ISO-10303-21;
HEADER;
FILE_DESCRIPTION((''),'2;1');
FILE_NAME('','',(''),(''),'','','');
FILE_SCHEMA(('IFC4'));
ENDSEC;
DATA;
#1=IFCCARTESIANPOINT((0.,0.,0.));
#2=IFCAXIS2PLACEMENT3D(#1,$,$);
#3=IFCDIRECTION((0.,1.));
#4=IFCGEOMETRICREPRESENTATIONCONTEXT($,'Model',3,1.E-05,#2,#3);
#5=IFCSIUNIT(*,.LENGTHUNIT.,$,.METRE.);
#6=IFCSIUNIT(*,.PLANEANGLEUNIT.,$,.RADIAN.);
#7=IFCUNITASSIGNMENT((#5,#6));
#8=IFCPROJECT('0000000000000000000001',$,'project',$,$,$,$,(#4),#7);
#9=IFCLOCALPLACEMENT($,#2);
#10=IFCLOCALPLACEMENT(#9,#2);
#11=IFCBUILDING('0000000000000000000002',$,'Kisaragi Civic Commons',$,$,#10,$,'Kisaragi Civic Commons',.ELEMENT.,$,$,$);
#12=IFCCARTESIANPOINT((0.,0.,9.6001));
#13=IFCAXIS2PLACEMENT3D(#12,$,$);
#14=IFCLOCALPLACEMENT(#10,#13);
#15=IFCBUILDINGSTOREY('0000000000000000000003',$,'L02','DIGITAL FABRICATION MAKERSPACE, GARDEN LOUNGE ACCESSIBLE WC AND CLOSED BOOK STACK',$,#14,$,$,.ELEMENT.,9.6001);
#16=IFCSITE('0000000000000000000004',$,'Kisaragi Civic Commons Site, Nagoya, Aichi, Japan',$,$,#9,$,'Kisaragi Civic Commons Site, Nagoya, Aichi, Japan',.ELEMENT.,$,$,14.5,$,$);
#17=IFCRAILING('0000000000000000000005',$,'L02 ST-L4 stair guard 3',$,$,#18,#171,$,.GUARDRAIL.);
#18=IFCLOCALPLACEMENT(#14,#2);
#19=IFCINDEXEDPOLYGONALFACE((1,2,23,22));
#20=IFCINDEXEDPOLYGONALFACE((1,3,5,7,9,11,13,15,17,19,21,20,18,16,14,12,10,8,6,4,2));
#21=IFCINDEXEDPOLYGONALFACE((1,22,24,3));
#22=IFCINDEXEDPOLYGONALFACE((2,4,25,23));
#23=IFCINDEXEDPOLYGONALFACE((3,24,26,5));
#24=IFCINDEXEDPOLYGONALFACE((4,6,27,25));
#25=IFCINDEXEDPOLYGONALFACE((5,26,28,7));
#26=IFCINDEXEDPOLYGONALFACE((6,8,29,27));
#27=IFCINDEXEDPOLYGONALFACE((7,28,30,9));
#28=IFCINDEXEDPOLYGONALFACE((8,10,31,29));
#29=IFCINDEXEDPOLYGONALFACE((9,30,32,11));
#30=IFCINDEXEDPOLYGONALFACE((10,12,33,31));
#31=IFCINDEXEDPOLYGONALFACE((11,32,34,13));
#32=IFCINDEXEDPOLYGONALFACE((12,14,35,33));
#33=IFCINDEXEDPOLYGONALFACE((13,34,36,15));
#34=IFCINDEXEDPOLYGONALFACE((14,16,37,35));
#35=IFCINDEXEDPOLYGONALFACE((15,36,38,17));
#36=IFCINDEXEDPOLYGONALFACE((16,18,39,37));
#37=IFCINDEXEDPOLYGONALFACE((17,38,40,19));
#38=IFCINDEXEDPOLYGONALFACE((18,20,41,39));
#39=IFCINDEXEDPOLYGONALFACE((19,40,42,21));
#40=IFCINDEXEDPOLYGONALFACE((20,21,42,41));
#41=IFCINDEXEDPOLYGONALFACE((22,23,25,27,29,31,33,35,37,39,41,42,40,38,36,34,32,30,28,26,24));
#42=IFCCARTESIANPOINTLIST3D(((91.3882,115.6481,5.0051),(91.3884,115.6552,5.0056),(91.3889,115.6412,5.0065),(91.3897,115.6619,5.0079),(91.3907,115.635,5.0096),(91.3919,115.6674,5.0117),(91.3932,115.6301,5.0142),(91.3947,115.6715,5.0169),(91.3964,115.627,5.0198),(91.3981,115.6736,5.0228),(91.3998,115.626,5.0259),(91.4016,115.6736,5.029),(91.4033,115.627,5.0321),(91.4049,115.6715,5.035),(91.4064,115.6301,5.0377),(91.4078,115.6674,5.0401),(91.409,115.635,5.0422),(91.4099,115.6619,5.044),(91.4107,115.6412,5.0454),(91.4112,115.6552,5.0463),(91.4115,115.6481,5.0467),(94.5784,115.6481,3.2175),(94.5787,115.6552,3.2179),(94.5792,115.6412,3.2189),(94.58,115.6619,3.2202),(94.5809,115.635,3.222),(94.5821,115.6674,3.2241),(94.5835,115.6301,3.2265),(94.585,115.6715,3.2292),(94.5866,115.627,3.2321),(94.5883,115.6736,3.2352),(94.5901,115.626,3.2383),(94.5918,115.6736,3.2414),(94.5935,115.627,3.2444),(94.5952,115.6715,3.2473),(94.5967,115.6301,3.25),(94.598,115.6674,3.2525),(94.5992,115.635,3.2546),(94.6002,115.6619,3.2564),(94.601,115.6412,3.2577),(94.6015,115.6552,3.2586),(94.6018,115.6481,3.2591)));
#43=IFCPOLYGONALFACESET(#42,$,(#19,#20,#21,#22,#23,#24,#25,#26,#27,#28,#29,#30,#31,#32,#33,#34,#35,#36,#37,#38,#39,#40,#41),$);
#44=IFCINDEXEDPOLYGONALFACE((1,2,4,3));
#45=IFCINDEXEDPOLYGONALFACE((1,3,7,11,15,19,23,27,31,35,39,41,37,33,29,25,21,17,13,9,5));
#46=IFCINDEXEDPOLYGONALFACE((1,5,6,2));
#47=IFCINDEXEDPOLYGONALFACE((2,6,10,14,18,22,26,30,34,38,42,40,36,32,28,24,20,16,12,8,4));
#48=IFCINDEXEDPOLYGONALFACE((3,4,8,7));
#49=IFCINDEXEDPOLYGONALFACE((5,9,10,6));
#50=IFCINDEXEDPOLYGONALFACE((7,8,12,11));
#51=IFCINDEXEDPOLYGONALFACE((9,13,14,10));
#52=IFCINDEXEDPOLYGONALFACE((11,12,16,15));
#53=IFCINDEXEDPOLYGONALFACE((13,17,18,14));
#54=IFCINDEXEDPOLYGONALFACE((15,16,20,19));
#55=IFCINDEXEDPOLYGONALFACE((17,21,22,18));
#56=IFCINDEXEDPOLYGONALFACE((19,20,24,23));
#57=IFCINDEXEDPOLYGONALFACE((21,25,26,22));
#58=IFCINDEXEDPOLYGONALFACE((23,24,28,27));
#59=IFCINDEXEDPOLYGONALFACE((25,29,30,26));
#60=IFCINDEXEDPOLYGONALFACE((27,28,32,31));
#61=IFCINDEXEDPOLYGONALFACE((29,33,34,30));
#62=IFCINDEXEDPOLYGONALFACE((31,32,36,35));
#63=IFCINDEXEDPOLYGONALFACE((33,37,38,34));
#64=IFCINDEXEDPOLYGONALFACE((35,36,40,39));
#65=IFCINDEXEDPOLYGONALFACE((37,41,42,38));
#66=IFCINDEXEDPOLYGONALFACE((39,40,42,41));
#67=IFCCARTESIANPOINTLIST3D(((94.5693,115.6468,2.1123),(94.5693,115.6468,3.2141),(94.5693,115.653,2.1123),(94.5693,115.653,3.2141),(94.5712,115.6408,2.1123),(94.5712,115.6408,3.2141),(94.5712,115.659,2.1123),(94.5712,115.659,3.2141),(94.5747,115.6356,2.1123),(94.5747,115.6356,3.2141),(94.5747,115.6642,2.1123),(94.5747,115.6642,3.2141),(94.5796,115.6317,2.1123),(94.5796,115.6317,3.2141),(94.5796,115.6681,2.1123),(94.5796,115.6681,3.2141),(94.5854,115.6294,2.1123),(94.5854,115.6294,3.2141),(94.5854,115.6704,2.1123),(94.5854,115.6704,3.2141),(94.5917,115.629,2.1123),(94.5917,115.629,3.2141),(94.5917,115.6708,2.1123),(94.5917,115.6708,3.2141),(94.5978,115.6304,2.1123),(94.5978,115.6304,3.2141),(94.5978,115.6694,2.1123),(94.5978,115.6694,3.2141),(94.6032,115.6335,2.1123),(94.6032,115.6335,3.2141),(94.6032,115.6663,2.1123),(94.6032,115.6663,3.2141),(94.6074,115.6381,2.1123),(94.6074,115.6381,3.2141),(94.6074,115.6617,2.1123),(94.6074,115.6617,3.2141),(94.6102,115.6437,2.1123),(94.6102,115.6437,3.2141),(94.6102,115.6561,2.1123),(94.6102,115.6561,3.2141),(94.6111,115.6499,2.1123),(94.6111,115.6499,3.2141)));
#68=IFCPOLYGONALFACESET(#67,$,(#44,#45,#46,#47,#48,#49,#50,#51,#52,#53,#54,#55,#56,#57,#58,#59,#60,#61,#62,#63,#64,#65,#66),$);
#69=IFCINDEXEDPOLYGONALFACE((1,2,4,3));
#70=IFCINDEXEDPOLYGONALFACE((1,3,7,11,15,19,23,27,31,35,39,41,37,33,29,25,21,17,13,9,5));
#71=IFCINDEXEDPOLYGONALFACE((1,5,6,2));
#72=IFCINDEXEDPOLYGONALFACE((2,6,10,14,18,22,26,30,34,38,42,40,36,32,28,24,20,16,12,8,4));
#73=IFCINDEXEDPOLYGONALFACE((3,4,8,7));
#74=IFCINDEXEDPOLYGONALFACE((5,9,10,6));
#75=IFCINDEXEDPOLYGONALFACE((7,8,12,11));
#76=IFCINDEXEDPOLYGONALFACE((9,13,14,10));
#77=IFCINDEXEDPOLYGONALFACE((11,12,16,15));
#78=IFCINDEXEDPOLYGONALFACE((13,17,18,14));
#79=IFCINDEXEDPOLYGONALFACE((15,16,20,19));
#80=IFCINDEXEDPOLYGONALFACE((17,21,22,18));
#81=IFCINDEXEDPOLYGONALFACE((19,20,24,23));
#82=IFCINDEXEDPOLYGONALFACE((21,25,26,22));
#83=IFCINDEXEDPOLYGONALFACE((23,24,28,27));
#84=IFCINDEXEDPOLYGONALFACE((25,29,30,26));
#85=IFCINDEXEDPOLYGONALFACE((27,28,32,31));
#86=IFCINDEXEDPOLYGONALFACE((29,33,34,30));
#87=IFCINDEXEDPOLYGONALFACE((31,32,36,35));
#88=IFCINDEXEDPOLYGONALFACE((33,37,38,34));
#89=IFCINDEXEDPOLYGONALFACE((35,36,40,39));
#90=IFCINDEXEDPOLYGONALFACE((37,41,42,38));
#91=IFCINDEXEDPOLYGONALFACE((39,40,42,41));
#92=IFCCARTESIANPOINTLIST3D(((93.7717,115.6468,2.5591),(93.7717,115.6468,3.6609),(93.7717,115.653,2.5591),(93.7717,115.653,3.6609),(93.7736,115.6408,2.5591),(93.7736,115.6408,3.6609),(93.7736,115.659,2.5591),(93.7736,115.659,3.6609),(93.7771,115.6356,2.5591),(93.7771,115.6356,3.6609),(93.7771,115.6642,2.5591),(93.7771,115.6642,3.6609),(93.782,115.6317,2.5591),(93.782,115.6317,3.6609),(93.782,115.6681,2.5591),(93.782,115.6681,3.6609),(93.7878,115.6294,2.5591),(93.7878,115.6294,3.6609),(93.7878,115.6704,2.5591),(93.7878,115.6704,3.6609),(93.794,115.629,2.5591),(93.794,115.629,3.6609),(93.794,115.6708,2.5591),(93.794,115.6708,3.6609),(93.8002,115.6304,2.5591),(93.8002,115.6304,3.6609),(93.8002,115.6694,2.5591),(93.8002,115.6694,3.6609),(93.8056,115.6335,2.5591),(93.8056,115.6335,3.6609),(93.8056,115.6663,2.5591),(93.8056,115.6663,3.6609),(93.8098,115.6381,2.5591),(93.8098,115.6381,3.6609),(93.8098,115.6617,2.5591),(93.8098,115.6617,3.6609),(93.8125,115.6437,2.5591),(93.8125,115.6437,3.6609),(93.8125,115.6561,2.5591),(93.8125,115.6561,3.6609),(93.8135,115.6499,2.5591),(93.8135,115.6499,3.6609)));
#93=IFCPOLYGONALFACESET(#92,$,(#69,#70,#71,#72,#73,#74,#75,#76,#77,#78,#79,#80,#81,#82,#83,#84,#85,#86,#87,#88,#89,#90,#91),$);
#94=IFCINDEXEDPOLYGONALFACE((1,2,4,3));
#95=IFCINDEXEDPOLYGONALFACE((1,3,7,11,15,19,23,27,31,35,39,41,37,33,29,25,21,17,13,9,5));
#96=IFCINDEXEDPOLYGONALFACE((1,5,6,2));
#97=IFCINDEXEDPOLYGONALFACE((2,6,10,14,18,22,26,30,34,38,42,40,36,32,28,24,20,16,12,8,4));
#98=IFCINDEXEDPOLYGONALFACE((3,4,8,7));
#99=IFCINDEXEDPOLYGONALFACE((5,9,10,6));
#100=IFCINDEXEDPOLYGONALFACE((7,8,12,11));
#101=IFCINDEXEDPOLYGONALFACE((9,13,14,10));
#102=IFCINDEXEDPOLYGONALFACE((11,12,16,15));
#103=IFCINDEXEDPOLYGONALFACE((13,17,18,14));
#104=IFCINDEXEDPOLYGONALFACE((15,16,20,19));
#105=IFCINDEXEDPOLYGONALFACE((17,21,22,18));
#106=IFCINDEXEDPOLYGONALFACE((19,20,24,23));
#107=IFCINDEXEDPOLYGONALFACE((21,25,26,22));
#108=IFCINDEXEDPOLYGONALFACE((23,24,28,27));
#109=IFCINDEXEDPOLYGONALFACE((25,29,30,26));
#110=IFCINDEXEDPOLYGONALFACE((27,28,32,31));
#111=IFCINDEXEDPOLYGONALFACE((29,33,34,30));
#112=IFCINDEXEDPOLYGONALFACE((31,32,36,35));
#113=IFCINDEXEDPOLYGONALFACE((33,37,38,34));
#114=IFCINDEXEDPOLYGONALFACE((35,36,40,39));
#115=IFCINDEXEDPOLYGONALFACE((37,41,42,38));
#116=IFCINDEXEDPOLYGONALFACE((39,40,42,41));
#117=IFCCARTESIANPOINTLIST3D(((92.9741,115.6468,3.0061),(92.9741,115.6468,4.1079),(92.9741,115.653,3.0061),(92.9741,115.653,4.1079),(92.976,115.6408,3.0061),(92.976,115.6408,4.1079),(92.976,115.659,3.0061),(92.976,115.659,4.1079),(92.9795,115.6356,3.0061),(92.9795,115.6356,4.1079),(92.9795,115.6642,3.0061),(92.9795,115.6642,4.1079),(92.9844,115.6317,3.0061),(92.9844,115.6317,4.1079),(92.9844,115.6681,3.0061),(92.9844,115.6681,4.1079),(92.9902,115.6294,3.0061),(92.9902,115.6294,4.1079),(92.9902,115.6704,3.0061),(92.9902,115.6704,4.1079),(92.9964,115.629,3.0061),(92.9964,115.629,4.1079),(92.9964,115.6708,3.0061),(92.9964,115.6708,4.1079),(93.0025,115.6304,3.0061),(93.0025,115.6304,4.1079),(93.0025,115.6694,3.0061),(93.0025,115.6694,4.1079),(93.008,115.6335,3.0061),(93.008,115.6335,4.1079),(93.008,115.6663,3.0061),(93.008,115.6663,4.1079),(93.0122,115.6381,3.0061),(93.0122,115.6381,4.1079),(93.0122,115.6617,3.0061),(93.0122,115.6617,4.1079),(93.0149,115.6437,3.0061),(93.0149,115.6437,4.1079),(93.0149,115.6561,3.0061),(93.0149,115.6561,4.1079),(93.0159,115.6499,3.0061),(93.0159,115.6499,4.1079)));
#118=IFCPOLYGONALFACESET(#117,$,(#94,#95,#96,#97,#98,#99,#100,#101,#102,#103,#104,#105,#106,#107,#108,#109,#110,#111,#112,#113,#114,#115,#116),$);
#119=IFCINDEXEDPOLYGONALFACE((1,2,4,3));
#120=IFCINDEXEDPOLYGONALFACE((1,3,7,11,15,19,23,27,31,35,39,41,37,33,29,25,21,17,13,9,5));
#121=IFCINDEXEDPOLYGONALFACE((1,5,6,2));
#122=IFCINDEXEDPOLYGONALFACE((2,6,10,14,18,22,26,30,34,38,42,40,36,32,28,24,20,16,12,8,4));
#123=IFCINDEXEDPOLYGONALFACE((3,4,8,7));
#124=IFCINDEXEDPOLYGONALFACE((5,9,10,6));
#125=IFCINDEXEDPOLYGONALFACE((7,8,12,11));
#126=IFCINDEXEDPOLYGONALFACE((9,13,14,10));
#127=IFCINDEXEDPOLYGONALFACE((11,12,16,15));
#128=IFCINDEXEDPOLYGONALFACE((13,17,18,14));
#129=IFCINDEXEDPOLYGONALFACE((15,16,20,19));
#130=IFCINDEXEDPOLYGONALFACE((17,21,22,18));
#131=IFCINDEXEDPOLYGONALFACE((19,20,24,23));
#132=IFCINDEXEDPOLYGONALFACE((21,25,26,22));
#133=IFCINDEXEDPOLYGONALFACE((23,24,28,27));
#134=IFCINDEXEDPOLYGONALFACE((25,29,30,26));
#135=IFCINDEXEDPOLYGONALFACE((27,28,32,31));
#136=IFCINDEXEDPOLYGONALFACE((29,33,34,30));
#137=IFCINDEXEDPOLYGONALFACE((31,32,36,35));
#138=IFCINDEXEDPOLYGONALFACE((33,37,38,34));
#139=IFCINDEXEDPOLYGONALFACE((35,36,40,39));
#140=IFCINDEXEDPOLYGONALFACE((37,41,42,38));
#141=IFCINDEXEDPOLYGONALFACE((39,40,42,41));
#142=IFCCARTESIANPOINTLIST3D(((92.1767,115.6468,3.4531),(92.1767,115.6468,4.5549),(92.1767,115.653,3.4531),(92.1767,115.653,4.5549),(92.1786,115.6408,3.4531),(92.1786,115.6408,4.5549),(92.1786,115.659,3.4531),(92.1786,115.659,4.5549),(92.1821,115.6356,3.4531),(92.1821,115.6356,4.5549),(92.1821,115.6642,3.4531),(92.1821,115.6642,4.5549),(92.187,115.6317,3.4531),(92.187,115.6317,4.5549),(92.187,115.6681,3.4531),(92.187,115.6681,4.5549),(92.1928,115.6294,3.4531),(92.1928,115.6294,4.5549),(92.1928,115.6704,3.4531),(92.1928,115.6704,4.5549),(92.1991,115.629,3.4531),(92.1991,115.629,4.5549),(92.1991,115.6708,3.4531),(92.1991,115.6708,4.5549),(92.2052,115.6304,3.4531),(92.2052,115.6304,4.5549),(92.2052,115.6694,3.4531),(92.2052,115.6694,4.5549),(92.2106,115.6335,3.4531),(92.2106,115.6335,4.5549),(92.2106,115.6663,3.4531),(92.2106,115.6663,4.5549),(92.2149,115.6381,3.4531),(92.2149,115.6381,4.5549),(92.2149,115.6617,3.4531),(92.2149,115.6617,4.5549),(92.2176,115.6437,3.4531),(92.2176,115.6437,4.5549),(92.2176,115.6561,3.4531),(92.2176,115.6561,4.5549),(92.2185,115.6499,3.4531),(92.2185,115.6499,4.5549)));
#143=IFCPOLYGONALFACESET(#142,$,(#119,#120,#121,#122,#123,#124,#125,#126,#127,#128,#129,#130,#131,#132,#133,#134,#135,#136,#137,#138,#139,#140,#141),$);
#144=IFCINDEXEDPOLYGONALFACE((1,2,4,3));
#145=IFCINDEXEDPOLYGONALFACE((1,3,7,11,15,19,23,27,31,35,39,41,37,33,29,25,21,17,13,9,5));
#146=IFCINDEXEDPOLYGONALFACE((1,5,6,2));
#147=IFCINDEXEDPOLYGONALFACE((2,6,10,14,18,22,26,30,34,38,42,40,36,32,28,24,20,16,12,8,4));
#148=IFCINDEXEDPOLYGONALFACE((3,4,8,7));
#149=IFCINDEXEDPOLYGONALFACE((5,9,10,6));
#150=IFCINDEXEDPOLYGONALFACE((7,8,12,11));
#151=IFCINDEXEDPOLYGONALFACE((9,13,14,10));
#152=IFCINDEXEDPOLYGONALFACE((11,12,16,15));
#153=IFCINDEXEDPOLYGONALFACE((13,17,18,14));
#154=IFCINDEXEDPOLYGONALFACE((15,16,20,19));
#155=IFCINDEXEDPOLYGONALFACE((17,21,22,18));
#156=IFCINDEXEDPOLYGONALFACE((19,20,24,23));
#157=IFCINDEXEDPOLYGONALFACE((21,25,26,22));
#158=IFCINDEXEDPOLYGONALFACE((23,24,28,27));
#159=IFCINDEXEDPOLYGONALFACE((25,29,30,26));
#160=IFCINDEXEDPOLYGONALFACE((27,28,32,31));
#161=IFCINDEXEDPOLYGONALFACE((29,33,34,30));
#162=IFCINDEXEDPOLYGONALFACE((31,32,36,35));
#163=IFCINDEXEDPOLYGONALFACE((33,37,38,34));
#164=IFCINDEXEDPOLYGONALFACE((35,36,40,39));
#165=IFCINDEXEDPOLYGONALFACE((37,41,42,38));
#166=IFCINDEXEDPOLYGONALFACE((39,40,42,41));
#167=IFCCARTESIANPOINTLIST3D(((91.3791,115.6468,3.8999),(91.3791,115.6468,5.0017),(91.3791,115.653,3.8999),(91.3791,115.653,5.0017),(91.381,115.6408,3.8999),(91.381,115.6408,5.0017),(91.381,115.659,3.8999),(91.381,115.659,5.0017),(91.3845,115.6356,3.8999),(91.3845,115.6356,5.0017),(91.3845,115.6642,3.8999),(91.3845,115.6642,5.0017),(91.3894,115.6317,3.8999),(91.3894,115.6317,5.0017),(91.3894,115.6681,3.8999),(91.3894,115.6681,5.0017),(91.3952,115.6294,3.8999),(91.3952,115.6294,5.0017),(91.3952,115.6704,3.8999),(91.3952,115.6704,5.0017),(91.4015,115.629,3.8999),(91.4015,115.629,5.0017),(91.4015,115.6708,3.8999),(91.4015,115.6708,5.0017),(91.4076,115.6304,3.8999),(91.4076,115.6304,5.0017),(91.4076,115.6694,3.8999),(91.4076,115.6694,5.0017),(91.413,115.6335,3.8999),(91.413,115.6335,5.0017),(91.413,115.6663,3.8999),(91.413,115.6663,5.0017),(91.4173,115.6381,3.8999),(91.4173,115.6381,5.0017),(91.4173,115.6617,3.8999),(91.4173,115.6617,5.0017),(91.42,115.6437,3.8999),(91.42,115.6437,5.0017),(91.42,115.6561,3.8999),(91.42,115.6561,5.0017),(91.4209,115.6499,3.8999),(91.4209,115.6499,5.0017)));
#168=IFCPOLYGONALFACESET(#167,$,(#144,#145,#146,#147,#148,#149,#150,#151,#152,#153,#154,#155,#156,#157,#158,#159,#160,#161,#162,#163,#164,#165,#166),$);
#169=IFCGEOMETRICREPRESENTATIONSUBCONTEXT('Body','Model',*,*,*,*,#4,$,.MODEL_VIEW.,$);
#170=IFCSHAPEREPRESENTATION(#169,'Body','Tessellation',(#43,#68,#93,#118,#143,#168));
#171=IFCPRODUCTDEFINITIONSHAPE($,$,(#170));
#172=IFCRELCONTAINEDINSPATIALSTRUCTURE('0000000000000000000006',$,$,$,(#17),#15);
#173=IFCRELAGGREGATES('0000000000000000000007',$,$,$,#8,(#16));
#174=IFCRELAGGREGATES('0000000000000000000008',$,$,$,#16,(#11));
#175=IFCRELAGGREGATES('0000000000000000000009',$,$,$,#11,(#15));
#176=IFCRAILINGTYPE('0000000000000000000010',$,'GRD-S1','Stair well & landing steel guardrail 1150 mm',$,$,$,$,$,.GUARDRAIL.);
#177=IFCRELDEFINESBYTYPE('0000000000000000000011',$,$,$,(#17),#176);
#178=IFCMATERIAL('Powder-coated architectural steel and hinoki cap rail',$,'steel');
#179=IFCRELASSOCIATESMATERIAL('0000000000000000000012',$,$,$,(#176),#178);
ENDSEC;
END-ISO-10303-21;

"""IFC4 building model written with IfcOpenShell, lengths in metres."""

from ifc_helpers import new_model, si_unit, direction, frame, origin, origin_2d, place, context, subcontext, project, spatial, circle, extrude, material, type_object, element, save


model = new_model("IFC4")

# Units and contexts
model_context = context("Model", 3, precision=1e-05, world=origin(), true_north=direction((0.0, 1.0)))
body_context = subcontext(model_context, "Body", "Model", "MODEL_VIEW")
ifc_project = project(units=[si_unit("LENGTHUNIT", "METRE"), si_unit("PLANEANGLEUNIT", "RADIAN")], contexts=[model_context])

# Site, building, storey
site_placement = place(None, origin())
site = spatial("IfcSite", under=ifc_project, at=site_placement, Name="Kisaragi Civic Commons Site, Nagoya, Aichi, Japan", LongName="Kisaragi Civic Commons Site, Nagoya, Aichi, Japan", CompositionType="ELEMENT", RefElevation=14.5)
building_placement = place(site_placement, origin())
building = spatial("IfcBuilding", under=site, at=building_placement, Name="Kisaragi Civic Commons", LongName="Kisaragi Civic Commons", CompositionType="ELEMENT")
storey_placement = place(building_placement, frame((0.0, 0.0, 9.6001)))
storey = spatial("IfcBuildingStorey", under=building, at=storey_placement, Name="L02", Description="DIGITAL FABRICATION MAKERSPACE, GARDEN LOUNGE ACCESSIBLE WC AND CLOSED BOOK STACK", CompositionType="ELEMENT", Elevation=9.6001)

# Railing
ifc_material_1 = material(Name="Powder-coated architectural steel and hinoki cap rail", Category="steel")
railing_type_1 = type_object("IfcRailingType", Name="GRD-S1", Description="Stair well & landing steel guardrail 1150 mm", PredefinedType="GUARDRAIL", material=ifc_material_1)
railing_1_placement = place(storey_placement, frame((94.5901, 115.6499, 2.1123)))
element("IfcRailing", 1, at=railing_1_placement, inside=storey, type_object=railing_type_1, Name="L02 ST-L4 stair guard 3", PredefinedType="GUARDRAIL", context=body_context, shape_type="SweptSolid", body=[
    extrude(circle(Radius=0.0239, at=origin_2d()), frame((0.0, 0.0, 1.126), z_axis=(-0.872378, 0.0, 0.488831), x_axis=(0.0, -1.0, 0.0)), (0.0, 0.0, 1.0), 3.657),
    extrude(circle(Radius=0.021, at=origin_2d()), origin(), (0.0, 0.0, 1.0), 1.1018),
    extrude(circle(Radius=0.021, at=origin_2d()), frame((-0.7976, 0.0, 0.4468)), (0.0, 0.0, 1.0), 1.1018),
    extrude(circle(Radius=0.021, at=origin_2d()), frame((-1.5952, 0.0, 0.8938)), (0.0, 0.0, 1.0), 1.1018),
    extrude(circle(Radius=0.021, at=origin_2d()), frame((-2.3926, 0.0, 1.3408)), (0.0, 0.0, 1.0), 1.1018),
    extrude(circle(Radius=0.021, at=origin_2d()), frame((-3.1902, 0.0, 1.7876)), (0.0, 0.0, 1.0), 1.1018),
])

save(model, "model.ifc")
